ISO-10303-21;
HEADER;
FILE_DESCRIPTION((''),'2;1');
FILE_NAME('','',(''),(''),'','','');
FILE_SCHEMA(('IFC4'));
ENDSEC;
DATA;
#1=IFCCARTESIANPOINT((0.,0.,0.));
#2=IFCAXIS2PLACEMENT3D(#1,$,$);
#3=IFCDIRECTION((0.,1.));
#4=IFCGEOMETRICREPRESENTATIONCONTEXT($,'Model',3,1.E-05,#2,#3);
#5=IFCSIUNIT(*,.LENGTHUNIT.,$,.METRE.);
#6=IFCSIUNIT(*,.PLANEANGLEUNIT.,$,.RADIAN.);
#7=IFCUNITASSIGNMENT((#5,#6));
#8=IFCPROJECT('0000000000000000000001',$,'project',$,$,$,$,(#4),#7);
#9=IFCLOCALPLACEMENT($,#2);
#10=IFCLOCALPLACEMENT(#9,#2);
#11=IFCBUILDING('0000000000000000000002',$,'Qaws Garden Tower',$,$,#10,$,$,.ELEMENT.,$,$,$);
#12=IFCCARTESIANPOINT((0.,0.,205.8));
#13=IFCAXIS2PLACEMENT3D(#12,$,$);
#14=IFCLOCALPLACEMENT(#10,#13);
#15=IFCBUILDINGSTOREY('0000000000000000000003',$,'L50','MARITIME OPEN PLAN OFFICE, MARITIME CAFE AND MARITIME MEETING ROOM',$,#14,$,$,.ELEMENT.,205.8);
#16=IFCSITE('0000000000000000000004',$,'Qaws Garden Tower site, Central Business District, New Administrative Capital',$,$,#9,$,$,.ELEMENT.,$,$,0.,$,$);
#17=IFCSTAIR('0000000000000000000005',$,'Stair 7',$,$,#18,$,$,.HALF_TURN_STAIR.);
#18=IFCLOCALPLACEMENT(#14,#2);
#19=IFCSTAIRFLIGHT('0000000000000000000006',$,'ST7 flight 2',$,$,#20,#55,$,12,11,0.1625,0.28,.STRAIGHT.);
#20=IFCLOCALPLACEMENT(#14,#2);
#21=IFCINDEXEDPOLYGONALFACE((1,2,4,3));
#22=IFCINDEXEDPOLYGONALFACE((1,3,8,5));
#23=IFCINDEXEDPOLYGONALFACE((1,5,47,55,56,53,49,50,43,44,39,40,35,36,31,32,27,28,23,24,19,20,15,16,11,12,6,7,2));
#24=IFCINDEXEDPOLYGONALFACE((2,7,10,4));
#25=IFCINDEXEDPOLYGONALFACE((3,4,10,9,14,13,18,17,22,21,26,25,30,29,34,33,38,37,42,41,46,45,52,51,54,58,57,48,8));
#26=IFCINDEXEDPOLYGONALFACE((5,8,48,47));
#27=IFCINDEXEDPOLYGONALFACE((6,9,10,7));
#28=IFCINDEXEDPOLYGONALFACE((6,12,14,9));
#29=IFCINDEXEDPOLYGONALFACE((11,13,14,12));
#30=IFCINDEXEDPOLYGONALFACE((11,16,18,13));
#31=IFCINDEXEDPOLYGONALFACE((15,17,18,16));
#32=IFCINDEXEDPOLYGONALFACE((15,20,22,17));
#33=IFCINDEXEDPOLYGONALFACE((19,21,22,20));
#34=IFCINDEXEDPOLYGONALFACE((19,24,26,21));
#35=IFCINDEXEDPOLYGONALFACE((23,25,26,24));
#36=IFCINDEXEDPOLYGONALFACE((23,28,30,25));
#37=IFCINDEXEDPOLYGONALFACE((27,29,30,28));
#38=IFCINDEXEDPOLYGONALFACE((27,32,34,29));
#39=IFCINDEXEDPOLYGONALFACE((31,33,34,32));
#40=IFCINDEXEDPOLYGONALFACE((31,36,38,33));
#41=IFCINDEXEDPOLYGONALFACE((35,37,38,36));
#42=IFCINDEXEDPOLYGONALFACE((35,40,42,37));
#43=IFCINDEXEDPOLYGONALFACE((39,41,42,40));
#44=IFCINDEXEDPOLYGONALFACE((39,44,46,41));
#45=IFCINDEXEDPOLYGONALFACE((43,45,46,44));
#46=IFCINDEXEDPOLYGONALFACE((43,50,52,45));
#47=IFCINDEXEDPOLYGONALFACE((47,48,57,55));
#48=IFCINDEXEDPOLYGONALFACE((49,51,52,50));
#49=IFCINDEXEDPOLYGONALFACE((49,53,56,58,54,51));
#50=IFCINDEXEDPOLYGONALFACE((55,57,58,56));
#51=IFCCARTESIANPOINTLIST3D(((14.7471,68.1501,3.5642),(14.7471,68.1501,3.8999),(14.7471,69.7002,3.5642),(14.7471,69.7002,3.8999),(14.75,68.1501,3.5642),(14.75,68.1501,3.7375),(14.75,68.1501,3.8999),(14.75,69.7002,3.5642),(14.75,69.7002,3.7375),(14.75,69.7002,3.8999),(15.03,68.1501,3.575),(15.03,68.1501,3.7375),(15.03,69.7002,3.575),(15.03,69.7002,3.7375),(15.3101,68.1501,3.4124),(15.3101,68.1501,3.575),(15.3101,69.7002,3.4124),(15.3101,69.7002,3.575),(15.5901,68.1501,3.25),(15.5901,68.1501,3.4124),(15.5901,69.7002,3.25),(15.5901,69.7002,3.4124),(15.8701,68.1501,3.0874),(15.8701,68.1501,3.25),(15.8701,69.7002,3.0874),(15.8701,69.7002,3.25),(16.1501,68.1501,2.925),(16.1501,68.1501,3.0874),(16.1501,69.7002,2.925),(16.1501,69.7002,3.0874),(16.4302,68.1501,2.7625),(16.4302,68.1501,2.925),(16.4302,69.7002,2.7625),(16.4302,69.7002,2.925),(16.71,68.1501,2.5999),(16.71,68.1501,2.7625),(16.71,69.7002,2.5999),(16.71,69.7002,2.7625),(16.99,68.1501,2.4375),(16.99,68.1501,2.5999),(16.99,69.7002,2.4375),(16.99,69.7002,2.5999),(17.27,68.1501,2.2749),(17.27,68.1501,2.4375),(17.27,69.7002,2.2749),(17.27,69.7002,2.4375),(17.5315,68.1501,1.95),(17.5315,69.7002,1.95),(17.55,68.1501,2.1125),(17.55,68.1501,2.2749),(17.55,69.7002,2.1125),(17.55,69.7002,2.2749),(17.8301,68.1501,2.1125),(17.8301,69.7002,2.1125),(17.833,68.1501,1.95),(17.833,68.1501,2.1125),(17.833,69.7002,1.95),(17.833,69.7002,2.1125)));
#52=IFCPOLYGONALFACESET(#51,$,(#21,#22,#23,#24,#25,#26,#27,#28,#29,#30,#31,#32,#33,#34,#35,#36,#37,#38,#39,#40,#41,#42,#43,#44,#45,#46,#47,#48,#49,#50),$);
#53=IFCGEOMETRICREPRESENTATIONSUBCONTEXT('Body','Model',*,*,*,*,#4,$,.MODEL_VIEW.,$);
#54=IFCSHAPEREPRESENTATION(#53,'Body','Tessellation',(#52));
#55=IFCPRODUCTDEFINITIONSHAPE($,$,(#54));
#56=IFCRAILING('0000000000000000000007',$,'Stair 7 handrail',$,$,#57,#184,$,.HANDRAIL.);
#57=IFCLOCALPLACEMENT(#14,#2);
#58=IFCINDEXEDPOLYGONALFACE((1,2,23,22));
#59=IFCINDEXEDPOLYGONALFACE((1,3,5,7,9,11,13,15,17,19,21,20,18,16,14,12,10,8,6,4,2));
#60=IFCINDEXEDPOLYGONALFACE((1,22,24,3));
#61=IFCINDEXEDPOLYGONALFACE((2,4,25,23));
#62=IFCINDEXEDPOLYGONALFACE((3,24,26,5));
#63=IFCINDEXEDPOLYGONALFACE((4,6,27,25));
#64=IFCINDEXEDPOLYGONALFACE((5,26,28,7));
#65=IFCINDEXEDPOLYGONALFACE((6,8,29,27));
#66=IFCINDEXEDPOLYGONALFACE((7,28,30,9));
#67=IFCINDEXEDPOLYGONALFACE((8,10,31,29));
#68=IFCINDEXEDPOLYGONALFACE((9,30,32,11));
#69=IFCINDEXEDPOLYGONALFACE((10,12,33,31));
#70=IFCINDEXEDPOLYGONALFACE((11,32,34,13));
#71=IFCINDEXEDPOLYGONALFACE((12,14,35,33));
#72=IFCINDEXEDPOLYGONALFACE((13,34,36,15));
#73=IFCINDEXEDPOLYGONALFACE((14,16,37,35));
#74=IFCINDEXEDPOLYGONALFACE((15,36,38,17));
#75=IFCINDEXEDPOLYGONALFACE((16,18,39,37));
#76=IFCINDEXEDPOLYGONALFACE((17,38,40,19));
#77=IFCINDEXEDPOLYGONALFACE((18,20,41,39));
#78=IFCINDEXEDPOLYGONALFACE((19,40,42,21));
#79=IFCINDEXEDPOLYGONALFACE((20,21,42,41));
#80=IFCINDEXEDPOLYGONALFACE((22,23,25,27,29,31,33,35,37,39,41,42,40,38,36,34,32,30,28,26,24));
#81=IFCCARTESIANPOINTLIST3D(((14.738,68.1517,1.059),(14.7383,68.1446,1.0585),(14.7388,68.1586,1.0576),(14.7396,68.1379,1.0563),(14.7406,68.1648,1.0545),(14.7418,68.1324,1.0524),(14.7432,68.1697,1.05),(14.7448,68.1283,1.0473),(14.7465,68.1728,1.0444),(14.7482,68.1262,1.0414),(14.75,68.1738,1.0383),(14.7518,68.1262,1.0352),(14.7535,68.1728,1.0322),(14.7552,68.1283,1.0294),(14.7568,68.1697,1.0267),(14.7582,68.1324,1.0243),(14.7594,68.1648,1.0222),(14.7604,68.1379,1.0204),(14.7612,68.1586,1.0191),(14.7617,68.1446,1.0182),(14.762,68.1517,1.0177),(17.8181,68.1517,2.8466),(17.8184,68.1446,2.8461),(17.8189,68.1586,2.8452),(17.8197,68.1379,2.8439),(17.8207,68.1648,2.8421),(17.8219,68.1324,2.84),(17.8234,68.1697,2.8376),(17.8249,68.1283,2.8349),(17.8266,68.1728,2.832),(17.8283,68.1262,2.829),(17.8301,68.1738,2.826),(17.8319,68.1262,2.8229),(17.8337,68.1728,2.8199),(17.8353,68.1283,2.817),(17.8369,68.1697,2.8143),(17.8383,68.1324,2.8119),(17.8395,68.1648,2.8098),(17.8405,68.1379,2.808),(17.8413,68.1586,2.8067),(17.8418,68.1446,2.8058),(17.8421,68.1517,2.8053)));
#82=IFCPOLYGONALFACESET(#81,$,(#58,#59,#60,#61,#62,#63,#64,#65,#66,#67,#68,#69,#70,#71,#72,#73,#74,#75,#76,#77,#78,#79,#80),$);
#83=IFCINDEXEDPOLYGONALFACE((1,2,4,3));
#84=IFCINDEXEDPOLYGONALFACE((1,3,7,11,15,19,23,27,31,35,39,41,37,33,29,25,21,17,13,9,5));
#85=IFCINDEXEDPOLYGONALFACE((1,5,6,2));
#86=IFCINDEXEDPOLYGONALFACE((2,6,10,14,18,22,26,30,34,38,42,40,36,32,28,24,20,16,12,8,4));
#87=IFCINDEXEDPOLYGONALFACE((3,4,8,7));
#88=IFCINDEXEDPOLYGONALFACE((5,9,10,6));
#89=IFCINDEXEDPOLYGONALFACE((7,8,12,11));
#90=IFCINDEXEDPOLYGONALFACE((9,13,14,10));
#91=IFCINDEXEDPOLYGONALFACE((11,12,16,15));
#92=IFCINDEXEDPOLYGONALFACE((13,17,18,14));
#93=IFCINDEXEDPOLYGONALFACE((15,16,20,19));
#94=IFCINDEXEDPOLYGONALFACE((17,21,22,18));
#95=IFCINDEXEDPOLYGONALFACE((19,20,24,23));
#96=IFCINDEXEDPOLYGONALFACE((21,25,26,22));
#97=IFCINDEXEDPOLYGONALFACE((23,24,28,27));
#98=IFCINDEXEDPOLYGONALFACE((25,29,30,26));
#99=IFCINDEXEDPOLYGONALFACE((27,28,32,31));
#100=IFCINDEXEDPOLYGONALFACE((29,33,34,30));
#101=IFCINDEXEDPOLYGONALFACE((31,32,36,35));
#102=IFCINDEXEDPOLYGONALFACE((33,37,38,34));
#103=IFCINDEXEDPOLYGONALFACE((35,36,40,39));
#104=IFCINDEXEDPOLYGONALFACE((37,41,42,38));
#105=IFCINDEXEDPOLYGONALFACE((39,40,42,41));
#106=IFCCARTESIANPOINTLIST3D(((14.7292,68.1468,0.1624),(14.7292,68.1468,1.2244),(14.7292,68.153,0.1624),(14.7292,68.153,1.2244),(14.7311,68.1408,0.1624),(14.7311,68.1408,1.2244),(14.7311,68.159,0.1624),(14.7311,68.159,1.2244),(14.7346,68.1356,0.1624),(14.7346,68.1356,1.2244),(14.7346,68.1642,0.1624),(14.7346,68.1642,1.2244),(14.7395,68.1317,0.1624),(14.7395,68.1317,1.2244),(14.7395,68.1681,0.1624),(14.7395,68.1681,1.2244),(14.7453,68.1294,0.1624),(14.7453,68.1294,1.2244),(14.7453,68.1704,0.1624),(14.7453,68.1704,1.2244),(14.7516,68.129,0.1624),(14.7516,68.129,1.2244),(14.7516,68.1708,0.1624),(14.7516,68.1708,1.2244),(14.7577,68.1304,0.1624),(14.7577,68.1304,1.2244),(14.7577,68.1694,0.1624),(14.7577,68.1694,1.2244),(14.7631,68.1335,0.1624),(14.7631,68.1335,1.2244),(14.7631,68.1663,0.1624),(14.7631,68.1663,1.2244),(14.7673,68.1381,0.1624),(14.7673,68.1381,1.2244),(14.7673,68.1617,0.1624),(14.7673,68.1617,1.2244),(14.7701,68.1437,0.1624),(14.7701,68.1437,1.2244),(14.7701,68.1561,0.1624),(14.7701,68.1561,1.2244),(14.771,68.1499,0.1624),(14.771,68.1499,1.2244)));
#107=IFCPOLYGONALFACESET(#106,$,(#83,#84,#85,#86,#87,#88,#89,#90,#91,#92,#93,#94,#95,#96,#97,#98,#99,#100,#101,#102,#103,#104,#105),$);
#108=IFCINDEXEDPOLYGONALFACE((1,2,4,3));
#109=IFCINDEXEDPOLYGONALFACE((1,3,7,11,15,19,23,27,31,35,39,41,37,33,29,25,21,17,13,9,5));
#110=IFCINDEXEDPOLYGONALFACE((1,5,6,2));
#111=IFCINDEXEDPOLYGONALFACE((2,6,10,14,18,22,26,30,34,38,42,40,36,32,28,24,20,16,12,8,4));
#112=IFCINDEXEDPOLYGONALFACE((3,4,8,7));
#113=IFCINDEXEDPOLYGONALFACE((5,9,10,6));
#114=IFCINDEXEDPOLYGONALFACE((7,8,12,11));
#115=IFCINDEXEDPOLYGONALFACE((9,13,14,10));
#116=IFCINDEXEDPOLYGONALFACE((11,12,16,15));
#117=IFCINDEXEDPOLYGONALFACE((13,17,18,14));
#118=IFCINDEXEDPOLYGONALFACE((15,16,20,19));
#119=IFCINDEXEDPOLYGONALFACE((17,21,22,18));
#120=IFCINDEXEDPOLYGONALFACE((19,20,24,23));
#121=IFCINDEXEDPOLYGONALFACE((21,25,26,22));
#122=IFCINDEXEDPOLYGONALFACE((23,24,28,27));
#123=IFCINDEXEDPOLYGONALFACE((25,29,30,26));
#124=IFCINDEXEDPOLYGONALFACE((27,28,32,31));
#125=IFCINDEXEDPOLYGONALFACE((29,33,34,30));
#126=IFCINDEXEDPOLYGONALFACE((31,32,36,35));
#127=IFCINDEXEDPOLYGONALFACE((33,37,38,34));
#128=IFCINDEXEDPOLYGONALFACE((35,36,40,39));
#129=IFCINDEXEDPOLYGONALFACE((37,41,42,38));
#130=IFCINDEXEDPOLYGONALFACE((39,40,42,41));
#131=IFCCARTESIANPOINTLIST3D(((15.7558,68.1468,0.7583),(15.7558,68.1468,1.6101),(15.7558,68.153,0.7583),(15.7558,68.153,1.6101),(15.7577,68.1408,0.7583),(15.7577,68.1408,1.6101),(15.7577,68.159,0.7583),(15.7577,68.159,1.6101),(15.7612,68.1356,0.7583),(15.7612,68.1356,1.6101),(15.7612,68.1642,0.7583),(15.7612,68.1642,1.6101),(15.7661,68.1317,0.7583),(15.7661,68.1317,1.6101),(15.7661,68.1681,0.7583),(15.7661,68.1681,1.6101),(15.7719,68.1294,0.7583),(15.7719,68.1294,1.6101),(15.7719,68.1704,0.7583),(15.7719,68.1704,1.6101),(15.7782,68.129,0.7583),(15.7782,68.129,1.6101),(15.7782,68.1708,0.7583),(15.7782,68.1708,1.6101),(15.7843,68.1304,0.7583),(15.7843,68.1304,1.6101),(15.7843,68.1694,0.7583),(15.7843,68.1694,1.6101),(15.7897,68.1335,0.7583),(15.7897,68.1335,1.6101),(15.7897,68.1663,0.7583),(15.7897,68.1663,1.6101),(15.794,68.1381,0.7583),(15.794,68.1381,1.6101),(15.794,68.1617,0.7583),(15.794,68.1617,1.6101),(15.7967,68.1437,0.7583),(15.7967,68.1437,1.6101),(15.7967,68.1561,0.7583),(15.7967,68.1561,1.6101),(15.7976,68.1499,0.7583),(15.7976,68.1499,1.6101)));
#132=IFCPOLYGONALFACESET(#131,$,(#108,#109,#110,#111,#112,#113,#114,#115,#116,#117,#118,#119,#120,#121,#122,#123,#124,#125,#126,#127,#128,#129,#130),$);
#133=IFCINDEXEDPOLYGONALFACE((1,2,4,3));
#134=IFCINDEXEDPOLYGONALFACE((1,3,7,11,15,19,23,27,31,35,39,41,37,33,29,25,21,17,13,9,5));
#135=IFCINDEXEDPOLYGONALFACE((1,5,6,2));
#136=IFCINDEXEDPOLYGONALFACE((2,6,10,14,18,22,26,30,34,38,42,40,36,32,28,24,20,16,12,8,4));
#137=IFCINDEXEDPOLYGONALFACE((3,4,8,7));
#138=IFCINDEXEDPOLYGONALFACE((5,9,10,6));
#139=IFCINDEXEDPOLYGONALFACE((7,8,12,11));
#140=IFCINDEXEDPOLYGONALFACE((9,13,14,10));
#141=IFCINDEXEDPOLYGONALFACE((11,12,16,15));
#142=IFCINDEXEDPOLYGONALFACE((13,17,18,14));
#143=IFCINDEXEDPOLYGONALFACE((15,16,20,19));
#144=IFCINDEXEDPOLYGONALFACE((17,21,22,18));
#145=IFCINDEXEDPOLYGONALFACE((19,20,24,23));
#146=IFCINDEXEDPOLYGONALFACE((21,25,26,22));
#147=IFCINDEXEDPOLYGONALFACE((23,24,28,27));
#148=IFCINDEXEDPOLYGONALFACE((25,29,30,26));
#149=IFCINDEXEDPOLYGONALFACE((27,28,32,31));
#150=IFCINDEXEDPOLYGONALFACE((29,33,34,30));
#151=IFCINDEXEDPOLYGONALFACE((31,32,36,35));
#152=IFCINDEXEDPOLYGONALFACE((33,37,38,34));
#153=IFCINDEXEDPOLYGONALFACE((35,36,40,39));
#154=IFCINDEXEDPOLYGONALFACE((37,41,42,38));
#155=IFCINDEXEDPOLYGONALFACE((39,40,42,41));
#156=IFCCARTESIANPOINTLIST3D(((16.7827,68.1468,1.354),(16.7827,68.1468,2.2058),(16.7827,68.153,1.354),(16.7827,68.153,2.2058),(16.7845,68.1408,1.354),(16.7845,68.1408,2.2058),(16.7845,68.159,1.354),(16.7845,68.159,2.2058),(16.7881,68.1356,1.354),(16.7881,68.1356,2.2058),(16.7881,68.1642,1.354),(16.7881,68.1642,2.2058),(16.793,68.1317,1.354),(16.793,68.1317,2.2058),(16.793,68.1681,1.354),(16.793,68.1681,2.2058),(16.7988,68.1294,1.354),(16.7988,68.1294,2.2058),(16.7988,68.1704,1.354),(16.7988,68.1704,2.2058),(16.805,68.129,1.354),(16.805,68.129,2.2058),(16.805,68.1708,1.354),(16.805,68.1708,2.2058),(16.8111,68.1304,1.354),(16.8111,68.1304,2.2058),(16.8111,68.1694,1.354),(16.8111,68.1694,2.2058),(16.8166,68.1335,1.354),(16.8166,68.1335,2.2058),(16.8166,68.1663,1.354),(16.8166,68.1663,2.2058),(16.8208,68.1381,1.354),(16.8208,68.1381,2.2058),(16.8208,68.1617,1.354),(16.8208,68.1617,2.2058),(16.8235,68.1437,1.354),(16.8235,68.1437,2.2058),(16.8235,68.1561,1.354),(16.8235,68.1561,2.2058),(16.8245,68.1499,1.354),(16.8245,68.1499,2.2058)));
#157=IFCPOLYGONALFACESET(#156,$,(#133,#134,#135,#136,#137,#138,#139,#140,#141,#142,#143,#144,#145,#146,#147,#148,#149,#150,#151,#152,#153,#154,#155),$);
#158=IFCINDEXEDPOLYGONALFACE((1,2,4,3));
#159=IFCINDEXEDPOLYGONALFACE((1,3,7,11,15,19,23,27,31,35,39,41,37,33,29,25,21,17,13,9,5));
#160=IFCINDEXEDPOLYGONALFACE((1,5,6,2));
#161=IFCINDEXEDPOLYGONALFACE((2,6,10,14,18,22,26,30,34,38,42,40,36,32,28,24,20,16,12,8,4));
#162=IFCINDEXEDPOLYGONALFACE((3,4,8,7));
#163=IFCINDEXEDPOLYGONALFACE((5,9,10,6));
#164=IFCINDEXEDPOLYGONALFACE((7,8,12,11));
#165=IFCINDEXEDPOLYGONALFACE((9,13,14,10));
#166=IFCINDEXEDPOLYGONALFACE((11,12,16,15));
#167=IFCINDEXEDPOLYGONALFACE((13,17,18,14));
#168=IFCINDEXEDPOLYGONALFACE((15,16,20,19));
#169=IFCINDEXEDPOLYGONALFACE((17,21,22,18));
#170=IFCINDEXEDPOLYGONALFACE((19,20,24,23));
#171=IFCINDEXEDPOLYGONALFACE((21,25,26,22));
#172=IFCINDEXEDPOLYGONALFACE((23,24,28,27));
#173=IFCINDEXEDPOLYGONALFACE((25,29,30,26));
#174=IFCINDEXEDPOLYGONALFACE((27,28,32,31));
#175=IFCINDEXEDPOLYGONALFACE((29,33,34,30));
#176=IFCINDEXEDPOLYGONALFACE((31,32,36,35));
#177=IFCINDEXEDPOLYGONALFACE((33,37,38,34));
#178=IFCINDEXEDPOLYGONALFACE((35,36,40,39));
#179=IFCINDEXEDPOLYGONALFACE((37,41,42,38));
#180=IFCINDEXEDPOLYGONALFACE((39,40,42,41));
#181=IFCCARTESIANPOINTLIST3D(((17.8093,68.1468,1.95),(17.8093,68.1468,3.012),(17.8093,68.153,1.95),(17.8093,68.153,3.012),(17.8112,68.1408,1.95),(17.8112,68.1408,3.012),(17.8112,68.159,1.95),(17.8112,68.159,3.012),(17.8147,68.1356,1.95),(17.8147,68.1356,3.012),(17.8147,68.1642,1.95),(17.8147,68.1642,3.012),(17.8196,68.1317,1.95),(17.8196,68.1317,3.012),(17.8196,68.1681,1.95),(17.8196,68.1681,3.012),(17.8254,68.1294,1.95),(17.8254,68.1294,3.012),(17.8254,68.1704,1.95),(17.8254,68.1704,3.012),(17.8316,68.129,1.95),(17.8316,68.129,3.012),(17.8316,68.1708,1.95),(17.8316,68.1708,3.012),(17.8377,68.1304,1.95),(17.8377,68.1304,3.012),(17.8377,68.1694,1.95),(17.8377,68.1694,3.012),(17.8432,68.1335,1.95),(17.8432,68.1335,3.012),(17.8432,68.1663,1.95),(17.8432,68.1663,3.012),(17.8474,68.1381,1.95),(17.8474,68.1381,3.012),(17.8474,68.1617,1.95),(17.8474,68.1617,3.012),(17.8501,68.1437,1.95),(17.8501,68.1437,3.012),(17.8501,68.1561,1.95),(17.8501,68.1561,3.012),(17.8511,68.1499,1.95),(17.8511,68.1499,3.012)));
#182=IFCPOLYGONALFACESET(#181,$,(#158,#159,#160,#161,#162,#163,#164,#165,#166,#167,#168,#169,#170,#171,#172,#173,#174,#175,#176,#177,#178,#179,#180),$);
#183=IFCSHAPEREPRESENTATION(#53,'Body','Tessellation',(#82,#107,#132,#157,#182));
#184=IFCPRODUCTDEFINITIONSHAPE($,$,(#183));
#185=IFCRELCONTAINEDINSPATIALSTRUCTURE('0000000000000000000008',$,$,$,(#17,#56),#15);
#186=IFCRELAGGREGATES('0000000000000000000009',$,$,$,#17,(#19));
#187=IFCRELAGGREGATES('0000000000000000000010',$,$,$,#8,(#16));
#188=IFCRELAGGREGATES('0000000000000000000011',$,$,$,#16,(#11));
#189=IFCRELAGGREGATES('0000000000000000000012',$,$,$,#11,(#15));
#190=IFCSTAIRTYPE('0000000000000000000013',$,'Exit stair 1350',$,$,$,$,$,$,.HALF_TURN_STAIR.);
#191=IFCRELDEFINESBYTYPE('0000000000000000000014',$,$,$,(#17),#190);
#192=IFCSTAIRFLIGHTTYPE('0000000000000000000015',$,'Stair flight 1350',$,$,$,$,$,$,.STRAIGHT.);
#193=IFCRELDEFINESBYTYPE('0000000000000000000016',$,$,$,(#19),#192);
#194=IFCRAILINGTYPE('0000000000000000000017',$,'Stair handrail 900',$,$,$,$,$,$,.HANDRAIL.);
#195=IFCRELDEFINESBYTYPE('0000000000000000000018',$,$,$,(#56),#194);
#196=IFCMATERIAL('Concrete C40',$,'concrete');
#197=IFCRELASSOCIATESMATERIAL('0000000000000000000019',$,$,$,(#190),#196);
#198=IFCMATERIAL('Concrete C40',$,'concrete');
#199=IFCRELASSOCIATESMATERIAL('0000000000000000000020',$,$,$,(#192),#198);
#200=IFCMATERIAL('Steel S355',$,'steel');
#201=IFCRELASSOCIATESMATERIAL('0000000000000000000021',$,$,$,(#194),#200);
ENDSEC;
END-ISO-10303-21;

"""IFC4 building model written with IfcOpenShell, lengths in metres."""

from ifc_helpers import new_model, si_unit, direction, frame, origin, origin_2d, place, context, subcontext, project, spatial, polyline, circle, outline, extrude, material, type_object, element, aggregate, save


model = new_model("IFC4")

# Units and contexts
model_context = context("Model", 3, precision=1e-05, world=origin(), true_north=direction((0.0, 1.0)))
body_context = subcontext(model_context, "Body", "Model", "MODEL_VIEW")
ifc_project = project(units=[si_unit("LENGTHUNIT", "METRE"), si_unit("PLANEANGLEUNIT", "RADIAN")], contexts=[model_context])

# Site, building, storey
site_placement = place(None, origin())
site = spatial("IfcSite", under=ifc_project, at=site_placement, Name="Qaws Garden Tower site, Central Business District, New Administrative Capital", CompositionType="ELEMENT", RefElevation=0.0)
building_placement = place(site_placement, origin())
building = spatial("IfcBuilding", under=site, at=building_placement, Name="Qaws Garden Tower", CompositionType="ELEMENT")
storey_placement = place(building_placement, frame((0.0, 0.0, 205.8)))
storey = spatial("IfcBuildingStorey", under=building, at=storey_placement, Name="L50", Description="MARITIME OPEN PLAN OFFICE, MARITIME CAFE AND MARITIME MEETING ROOM", CompositionType="ELEMENT", Elevation=205.8)

# Stair, stair flight
ifc_material_1 = material(Name="Concrete C40", Category="concrete")
stair_type = type_object("IfcStairType", Name="Exit stair 1350", PredefinedType="HALF_TURN_STAIR", material=ifc_material_1)
stair_placement = place(storey_placement, origin())
stair = element("IfcStair", 1, at=stair_placement, inside=storey, type_object=stair_type, Name="Stair 7", PredefinedType="HALF_TURN_STAIR")
ifc_material_2 = material(Name="Concrete C40", Category="concrete")
stair_flight_type = type_object("IfcStairFlightType", Name="Stair flight 1350", PredefinedType="STRAIGHT", material=ifc_material_2)
stair_flight_placement = place(storey_placement, frame((17.8301, 68.925, 1.95), z_axis=(0.0, 0.0, 1.0), x_axis=(-1.0, 0.0, 0.0)))
stair_flight = element("IfcStairFlight", 2, at=stair_flight_placement, type_object=stair_flight_type, Name="ST7 flight 2", NumberOfRisers=12, NumberOfTreads=11, PredefinedType="STRAIGHT", RiserHeight=0.1625, TreadLength=0.28, context=body_context, shape_type="SweptSolid", body=[
    extrude(outline(polyline([(-0.0029, 0.0), (-0.0029, 0.1626), (0.0, 0.1626), (0.28, 0.1626), (0.28, 0.325), (0.5601, 0.325), (0.5601, 0.4875), (0.8401, 0.4875), (0.8401, 0.6499), (1.1201, 0.6499), (1.1201, 0.8125), (1.3999, 0.8125), (1.3999, 0.9751), (1.6799, 0.9751), (1.6799, 1.1375), (1.96, 1.1375), (1.96, 1.3), (2.24, 1.3), (2.24, 1.4624), (2.52, 1.4624), (2.52, 1.625), (2.8, 1.625), (2.8, 1.7876), (3.0801, 1.7876), (3.0801, 1.95), (3.083, 1.95), (3.083, 1.6143), (3.0801, 1.6143), (0.2986, 0.0), (-0.0029, 0.0)])), frame((0.0, 0.7749, 0.0), z_axis=(0.0, -1.0, 0.0), x_axis=(1.0, 0.0, 0.0)), (0.0, 0.0, 1.0), 1.55),
])
aggregate(stair, [stair_flight])

# Railing
ifc_material_3 = material(Name="Steel S355", Category="steel")
railing_type = type_object("IfcRailingType", Name="Stair handrail 900", PredefinedType="HANDRAIL", material=ifc_material_3)
railing_1_placement = place(storey_placement, frame((14.75, 68.1499, 0.1624)))
element("IfcRailing", 3, at=railing_1_placement, inside=storey, type_object=railing_type, Name="Stair 7 handrail", PredefinedType="HANDRAIL", context=body_context, shape_type="SweptSolid", body=[
    extrude(circle(Radius=0.0239, at=origin_2d()), frame((0.0, 0.0, 0.876), z_axis=(0.864891, 0.0, 0.50196), x_axis=(0.0, 1.0, 0.0)), (0.0, 0.0, 1.0), 3.5613),
    extrude(circle(Radius=0.021, at=origin_2d()), origin(), (0.0, 0.0, 1.0), 1.062),
    extrude(circle(Radius=0.021, at=origin_2d()), frame((1.0266, 0.0, 0.5959)), (0.0, 0.0, 1.0), 0.8518),
    extrude(circle(Radius=0.021, at=origin_2d()), frame((2.0535, 0.0, 1.1917)), (0.0, 0.0, 1.0), 0.8518),
    extrude(circle(Radius=0.021, at=origin_2d()), frame((3.0801, 0.0, 1.7876)), (0.0, 0.0, 1.0), 1.062),
])

save(model, "model.ifc")
